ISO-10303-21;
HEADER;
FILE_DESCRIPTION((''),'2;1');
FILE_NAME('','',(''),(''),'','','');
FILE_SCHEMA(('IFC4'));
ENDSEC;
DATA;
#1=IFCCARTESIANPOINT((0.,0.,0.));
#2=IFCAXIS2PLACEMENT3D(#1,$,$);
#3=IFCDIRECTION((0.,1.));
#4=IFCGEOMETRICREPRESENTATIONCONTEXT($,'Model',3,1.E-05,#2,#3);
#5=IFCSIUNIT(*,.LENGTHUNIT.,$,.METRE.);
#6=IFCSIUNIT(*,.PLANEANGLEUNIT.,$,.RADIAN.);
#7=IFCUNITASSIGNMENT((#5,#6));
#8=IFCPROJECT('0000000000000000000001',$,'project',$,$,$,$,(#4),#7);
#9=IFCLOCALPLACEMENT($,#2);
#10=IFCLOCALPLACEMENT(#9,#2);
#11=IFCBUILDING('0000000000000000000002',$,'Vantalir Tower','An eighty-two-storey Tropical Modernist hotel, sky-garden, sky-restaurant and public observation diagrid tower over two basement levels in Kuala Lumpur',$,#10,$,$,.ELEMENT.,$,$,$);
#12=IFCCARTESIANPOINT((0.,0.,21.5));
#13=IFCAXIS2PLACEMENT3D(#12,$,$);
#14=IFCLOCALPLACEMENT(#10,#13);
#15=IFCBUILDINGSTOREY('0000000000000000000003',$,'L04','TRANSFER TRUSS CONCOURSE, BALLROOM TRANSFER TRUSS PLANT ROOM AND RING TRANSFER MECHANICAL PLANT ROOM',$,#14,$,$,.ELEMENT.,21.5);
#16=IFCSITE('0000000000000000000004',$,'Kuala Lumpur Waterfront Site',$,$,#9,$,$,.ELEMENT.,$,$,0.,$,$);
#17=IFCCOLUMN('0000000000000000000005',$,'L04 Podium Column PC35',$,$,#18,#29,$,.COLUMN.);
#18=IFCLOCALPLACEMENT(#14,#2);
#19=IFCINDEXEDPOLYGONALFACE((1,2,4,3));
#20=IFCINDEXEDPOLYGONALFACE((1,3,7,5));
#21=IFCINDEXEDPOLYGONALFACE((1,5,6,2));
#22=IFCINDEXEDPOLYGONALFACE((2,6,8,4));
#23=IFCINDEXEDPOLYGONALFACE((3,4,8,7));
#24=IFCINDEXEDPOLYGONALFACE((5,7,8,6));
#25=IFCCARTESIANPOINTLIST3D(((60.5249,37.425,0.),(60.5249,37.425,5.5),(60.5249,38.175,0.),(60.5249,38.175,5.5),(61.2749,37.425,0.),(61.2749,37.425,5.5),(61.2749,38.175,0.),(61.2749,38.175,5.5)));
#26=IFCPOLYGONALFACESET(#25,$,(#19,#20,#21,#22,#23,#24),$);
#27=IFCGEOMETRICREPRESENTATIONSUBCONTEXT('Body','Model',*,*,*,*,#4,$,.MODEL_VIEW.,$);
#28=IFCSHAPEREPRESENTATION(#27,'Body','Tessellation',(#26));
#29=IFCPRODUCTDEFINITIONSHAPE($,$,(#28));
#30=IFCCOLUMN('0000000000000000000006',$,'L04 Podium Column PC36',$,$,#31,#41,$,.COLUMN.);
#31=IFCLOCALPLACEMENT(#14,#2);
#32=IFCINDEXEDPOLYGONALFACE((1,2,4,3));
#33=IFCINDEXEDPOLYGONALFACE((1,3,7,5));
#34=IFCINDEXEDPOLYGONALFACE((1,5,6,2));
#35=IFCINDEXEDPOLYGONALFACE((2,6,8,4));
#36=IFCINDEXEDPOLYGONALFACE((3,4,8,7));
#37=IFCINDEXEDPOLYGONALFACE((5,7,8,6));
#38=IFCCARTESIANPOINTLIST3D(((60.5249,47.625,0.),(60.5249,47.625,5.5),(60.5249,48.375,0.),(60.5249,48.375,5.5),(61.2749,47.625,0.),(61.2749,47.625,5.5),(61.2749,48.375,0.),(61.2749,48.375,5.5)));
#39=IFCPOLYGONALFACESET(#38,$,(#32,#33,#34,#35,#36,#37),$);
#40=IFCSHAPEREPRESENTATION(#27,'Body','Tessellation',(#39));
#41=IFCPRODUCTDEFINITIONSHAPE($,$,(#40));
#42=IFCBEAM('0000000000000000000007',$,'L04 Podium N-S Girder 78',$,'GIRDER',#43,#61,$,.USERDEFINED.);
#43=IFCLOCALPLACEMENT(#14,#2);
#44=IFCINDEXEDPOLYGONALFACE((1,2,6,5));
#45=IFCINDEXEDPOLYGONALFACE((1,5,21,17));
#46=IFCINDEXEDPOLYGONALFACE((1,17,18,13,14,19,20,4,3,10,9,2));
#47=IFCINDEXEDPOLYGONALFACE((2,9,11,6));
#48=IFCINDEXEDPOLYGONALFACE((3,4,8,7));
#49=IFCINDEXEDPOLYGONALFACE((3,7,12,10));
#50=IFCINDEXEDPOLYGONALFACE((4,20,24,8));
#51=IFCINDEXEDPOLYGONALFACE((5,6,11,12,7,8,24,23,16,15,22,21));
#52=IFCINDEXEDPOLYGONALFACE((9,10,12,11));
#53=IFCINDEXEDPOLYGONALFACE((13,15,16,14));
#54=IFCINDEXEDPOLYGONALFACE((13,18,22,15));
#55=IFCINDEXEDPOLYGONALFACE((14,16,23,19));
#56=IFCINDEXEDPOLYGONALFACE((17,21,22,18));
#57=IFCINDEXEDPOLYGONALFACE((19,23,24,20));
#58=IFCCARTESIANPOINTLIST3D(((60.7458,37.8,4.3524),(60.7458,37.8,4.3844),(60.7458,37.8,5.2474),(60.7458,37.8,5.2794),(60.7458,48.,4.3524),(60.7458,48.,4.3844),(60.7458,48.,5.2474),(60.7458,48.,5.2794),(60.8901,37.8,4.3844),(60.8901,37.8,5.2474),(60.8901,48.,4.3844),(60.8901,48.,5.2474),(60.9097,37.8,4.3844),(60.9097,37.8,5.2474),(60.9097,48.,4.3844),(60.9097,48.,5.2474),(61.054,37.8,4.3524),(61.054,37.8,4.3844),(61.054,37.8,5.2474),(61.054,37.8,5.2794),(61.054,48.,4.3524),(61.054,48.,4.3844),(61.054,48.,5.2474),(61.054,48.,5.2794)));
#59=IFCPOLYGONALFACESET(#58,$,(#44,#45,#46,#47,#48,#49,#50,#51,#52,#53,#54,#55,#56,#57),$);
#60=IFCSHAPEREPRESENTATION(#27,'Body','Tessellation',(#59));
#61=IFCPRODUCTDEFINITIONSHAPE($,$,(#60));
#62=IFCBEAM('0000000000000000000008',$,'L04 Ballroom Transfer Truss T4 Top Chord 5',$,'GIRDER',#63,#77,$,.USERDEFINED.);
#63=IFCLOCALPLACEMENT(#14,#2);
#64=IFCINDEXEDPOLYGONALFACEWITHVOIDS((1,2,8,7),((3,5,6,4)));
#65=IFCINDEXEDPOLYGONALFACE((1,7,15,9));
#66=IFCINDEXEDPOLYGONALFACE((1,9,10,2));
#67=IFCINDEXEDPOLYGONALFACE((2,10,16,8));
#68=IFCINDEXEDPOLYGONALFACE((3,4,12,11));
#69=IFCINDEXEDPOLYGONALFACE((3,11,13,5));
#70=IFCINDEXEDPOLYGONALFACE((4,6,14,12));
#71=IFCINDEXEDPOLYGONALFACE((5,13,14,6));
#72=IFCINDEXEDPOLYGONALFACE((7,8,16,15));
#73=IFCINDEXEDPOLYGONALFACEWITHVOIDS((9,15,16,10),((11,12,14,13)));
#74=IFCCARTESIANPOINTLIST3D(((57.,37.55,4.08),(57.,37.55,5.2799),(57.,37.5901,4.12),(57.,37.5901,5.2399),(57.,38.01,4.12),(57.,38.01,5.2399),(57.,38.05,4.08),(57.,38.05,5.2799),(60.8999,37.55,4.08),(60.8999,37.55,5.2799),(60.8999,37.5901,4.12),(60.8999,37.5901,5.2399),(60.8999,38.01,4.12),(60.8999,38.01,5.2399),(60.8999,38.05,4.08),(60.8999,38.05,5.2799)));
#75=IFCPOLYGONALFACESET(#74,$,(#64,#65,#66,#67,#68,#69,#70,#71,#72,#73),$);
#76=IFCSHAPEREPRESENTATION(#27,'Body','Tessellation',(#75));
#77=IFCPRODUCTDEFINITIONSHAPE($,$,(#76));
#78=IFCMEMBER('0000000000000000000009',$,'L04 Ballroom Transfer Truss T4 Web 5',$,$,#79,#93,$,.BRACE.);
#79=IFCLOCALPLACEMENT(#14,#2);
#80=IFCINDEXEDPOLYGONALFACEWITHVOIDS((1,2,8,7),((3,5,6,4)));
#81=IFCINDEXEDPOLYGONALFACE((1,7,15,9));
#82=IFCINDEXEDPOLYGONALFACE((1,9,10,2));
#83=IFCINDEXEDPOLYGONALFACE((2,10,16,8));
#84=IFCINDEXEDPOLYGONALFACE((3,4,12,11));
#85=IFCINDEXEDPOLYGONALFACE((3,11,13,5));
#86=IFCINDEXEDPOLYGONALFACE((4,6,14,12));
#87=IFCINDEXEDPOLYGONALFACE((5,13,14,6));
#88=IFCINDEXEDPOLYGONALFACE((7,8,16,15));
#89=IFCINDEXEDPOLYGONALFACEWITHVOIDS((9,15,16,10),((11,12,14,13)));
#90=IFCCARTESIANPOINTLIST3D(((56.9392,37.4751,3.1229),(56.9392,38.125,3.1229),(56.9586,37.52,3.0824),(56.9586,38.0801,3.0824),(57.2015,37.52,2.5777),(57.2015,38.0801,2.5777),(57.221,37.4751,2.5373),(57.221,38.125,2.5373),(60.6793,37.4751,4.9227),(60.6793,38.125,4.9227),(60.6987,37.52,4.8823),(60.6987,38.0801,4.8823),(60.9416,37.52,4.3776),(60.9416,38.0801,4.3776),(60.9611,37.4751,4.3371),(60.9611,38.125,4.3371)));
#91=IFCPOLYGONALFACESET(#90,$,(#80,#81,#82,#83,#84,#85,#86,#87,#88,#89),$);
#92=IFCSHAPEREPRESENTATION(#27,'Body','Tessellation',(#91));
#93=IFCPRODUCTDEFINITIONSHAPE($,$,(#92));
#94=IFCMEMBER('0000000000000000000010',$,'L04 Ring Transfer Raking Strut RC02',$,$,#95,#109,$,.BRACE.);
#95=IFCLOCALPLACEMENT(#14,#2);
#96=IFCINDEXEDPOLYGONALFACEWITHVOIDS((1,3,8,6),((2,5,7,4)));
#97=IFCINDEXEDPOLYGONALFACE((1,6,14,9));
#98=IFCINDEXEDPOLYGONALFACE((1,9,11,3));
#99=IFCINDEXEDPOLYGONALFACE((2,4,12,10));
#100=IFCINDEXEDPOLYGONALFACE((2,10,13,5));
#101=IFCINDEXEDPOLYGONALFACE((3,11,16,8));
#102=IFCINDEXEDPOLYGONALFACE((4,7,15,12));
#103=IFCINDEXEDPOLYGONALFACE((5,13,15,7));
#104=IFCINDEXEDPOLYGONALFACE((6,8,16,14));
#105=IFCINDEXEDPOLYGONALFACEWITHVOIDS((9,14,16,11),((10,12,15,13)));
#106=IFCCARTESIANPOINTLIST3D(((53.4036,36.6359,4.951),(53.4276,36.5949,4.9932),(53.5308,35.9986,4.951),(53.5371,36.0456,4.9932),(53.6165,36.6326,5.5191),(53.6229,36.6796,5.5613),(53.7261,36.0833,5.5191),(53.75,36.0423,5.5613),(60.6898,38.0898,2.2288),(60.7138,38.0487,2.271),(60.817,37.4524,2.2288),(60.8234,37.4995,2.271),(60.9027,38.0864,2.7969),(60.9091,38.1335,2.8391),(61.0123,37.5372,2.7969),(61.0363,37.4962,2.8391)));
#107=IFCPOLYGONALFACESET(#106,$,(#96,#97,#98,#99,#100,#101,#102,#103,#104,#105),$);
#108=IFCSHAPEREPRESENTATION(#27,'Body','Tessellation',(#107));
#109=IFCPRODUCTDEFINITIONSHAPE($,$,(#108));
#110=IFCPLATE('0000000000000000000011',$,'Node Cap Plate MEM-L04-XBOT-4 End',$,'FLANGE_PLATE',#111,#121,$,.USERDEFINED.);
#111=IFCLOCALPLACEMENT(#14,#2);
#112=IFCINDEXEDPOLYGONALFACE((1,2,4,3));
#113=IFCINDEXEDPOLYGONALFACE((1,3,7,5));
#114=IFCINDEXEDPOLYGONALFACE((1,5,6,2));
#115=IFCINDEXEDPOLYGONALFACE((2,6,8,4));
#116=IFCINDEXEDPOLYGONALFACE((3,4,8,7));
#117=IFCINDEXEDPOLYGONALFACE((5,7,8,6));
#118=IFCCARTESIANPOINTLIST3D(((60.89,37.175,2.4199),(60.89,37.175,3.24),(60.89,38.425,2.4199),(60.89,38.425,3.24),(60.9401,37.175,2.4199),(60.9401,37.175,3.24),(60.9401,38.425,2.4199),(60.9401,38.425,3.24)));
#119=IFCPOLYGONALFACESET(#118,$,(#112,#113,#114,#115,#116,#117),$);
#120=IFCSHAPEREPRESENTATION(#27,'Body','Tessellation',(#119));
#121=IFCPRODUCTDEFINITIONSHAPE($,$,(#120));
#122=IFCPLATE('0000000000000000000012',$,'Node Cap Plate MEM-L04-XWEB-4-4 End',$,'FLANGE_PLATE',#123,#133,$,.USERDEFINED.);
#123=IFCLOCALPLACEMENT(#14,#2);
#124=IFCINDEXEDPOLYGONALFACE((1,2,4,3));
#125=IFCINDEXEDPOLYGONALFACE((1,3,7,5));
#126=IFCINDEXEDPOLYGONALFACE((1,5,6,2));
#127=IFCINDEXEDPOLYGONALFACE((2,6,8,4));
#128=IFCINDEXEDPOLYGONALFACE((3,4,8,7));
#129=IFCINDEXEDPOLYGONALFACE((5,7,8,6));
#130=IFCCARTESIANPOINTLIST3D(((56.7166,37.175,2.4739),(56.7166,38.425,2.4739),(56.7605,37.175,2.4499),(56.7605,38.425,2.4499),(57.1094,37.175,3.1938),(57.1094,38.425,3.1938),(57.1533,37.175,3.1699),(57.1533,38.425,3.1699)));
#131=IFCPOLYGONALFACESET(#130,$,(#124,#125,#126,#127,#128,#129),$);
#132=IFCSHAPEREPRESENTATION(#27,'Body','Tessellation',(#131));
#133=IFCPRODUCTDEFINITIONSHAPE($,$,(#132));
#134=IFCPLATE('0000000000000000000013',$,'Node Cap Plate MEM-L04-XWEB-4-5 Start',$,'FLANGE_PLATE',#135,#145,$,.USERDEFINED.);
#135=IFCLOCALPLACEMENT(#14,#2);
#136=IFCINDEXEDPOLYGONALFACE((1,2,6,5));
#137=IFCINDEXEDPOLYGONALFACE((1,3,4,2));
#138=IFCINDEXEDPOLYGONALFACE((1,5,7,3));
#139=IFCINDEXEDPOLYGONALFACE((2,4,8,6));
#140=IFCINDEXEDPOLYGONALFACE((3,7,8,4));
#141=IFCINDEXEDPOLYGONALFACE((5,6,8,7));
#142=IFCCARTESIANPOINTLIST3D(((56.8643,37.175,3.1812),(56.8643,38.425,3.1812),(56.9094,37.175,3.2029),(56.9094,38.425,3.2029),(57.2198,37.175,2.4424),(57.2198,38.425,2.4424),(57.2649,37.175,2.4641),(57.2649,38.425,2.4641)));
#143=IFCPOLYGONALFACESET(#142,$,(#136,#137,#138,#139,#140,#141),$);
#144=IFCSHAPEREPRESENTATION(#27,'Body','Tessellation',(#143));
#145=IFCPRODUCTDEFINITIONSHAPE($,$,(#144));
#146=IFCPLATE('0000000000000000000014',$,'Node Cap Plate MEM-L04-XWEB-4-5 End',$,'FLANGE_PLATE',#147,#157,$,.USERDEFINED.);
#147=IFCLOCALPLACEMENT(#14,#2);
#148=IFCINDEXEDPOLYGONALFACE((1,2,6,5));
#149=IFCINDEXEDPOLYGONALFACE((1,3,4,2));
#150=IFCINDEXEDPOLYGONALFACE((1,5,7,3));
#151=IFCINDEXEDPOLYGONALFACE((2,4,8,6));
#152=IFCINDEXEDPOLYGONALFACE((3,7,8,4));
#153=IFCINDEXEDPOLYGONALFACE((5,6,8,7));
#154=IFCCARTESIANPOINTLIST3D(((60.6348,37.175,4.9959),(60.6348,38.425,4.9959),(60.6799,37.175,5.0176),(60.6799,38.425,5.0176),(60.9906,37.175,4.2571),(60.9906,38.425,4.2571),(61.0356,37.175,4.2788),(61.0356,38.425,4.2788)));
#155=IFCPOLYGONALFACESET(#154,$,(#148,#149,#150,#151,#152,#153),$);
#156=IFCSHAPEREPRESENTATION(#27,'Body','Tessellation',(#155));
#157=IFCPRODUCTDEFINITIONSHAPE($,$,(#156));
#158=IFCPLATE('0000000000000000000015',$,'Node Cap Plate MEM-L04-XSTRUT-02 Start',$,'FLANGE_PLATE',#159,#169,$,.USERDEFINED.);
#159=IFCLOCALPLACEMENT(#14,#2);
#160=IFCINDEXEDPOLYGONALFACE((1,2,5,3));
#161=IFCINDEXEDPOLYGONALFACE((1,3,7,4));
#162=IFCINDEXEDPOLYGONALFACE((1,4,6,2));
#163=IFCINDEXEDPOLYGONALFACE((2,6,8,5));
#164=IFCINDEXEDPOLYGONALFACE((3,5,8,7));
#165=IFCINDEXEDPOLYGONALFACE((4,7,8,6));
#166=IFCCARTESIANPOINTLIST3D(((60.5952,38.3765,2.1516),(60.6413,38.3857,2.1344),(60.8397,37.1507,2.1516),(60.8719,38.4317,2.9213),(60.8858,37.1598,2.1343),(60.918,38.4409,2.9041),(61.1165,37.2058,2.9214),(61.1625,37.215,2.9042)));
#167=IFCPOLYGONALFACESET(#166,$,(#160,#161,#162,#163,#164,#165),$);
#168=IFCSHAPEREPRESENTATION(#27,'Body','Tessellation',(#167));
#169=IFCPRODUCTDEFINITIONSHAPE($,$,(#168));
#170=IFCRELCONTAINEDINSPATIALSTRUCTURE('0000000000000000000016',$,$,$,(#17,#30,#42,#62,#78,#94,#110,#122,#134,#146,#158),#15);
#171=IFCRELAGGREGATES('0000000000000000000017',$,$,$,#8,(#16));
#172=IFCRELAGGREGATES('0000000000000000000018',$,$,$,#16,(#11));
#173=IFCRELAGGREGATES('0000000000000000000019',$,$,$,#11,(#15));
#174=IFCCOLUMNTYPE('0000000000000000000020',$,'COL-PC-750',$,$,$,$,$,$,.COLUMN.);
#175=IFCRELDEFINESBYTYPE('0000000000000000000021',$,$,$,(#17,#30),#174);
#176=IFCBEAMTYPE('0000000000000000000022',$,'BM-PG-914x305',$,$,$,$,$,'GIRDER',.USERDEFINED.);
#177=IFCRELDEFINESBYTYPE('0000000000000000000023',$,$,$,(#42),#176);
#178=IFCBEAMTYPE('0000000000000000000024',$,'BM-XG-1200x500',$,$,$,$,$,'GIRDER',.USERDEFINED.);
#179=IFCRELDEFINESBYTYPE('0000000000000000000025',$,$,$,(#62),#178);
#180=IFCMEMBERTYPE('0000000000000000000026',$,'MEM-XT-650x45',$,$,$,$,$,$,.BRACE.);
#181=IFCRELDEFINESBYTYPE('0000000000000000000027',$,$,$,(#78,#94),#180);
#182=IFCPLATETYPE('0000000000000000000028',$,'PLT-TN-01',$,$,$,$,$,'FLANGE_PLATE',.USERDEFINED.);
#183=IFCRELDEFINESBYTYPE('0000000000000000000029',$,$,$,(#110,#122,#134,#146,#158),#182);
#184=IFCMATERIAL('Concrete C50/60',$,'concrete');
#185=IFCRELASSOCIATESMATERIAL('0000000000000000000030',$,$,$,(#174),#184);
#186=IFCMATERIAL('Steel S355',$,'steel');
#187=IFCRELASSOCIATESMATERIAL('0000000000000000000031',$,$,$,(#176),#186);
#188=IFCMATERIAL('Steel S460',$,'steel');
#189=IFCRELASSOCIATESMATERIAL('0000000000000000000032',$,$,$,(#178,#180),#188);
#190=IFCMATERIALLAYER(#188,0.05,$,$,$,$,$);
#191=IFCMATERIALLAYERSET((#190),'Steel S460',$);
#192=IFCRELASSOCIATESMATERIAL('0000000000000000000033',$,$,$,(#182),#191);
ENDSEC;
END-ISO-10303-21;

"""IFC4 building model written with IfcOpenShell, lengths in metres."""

from ifc_helpers import new_model, si_unit, direction, frame, origin, origin_2d, place, context, subcontext, project, spatial, polyline, rectangle, hollow_rectangle, i_section, outline, extrude, material, layer, layer_set, material_profile, profile_set, type_object, element, save


model = new_model("IFC4")

# Units and contexts
model_context = context("Model", 3, precision=1e-05, world=origin(), true_north=direction((0.0, 1.0)))
body_context = subcontext(model_context, "Body", "Model", "MODEL_VIEW")
ifc_project = project(units=[si_unit("LENGTHUNIT", "METRE"), si_unit("PLANEANGLEUNIT", "RADIAN")], contexts=[model_context])

# Site, building, storey
site_placement = place(None, origin())
site = spatial("IfcSite", under=ifc_project, at=site_placement, Name="Kuala Lumpur Waterfront Site", CompositionType="ELEMENT", RefElevation=0.0)
building_placement = place(site_placement, origin())
building = spatial("IfcBuilding", under=site, at=building_placement, Name="Vantalir Tower", Description="An eighty-two-storey Tropical Modernist hotel, sky-garden, sky-restaurant and public observation diagrid tower over two basement levels in Kuala Lumpur", CompositionType="ELEMENT")
storey_placement = place(building_placement, frame((0.0, 0.0, 21.5)))
storey = spatial("IfcBuildingStorey", under=building, at=storey_placement, Name="L04", Description="TRANSFER TRUSS CONCOURSE, BALLROOM TRANSFER TRUSS PLANT ROOM AND RING TRANSFER MECHANICAL PLANT ROOM", CompositionType="ELEMENT", Elevation=21.5)

# Columns
ifc_material_1 = material(Name="Concrete C50/60", Category="concrete")
ifc_material_profile_1 = material_profile(ifc_material_1, rectangle(XDim=0.75, YDim=0.75, at=origin_2d()), Name="Concrete C50/60")
ifc_profile_set_1 = profile_set([ifc_material_profile_1], Name="Concrete C50/60")
column_type = type_object("IfcColumnType", Name="COL-PC-750", PredefinedType="COLUMN", material=ifc_profile_set_1)
for number, where, z_axis, x_axis, name in (
    (1, (60.8999, 37.8, 0.0), (0.0, 0.0, 1.0), (1.0, 0.0, 0.0), "L04 Podium Column PC35"),
    (2, (60.8999, 48.0, 0.0), (0.0, 0.0, 1.0), (1.0, 0.0, 0.0), "L04 Podium Column PC36"),
):
    element("IfcColumn", number, at=place(storey_placement, frame(where, z_axis=z_axis, x_axis=x_axis)), inside=storey, type_object=column_type, Name=name, PredefinedType="COLUMN", context=body_context, shape_type="SweptSolid", body=[
        extrude(rectangle(XDim=0.75, YDim=0.75, at=origin_2d()), origin(), (0.0, 0.0, 1.0), 5.5),
    ])

# Beams
ifc_material_2 = material(Name="Steel S355", Category="steel")
ifc_material_profile_2 = material_profile(ifc_material_2, i_section(OverallWidth=0.3081, OverallDepth=0.927, WebThickness=0.0195, FlangeThickness=0.032, at=origin_2d()), Name="Steel S355")
ifc_profile_set_2 = profile_set([ifc_material_profile_2], Name="Steel S355")
beam_type_1 = type_object("IfcBeamType", Name="BM-PG-914x305", ElementType="GIRDER", PredefinedType="USERDEFINED", material=ifc_profile_set_2)
beam_1_placement = place(storey_placement, frame((60.8999, 37.8, 4.8159), z_axis=(0.0, 1.0, 0.0), x_axis=(-1.0, 0.0, 0.0)))
element("IfcBeam", 3, at=beam_1_placement, inside=storey, type_object=beam_type_1, Name="L04 Podium N-S Girder 78", ObjectType="GIRDER", PredefinedType="USERDEFINED", context=body_context, shape_type="SweptSolid", body=[
    extrude(i_section(OverallWidth=0.3081, OverallDepth=0.927, WebThickness=0.0195, FlangeThickness=0.032, at=origin_2d()), origin(), (0.0, 0.0, 1.0), 10.2),
])
ifc_material_3 = material(Name="Steel S460", Category="steel")
ifc_material_profile_3 = material_profile(ifc_material_3, hollow_rectangle(XDim=0.5, YDim=1.2, WallThickness=0.04, at=origin_2d()), Name="Steel S460")
ifc_profile_set_3 = profile_set([ifc_material_profile_3], Name="Steel S460")
beam_type_2 = type_object("IfcBeamType", Name="BM-XG-1200x500", ElementType="GIRDER", PredefinedType="USERDEFINED", material=ifc_profile_set_3)
beam_2_placement = place(storey_placement, frame((57.0, 37.8, 4.6799), z_axis=(1.0, 0.0, 0.0), x_axis=(0.0, 1.0, 0.0)))
element("IfcBeam", 4, at=beam_2_placement, inside=storey, type_object=beam_type_2, Name="L04 Ballroom Transfer Truss T4 Top Chord 5", ObjectType="GIRDER", PredefinedType="USERDEFINED", context=body_context, shape_type="SweptSolid", body=[
    extrude(hollow_rectangle(XDim=0.5, YDim=1.2, WallThickness=0.04, at=origin_2d()), origin(), (0.0, 0.0, 1.0), 3.8999),
])

# Members
ifc_material_profile_4 = material_profile(ifc_material_3, hollow_rectangle(XDim=0.6499, YDim=0.6499, WallThickness=0.0449, at=origin_2d()), Name="Steel S460")
ifc_profile_set_4 = profile_set([ifc_material_profile_4], Name="Steel S460")
member_type = type_object("IfcMemberType", Name="MEM-XT-650x45", PredefinedType="BRACE", material=ifc_profile_set_4)
member_1_placement = place(storey_placement, frame((57.0801, 37.8, 2.8301), z_axis=(0.901089, 0.0, 0.433633), x_axis=(0.0, 1.0, 0.0)))
element("IfcMember", 5, at=member_1_placement, inside=storey, type_object=member_type, Name="L04 Ballroom Transfer Truss T4 Web 5", PredefinedType="BRACE", context=body_context, shape_type="SweptSolid", body=[
    extrude(hollow_rectangle(XDim=0.6499, YDim=0.6499, WallThickness=0.0449, at=origin_2d()), origin(), (0.0, 0.0, 1.0), 4.1506),
])
member_2_placement = place(storey_placement, frame((60.863, 37.793, 2.5339), z_axis=(-0.920809, -0.183736, 0.344023), x_axis=(0.19568, -0.980668, 0.0)))
element("IfcMember", 6, at=member_2_placement, inside=storey, type_object=member_type, Name="L04 Ring Transfer Raking Strut RC02", PredefinedType="BRACE", context=body_context, shape_type="SweptSolid", body=[
    extrude(hollow_rectangle(XDim=0.6499, YDim=0.6499, WallThickness=0.0449, at=origin_2d()), origin(), (0.0, 0.0, 1.0), 7.9128),
])

# Plates
ifc_layer_1 = layer(ifc_material_3, 0.05)
ifc_layer_set_1 = layer_set([ifc_layer_1], Name="Steel S460")
plate_type = type_object("IfcPlateType", Name="PLT-TN-01", ElementType="FLANGE_PLATE", PredefinedType="USERDEFINED", material=ifc_layer_set_1)
plate_1_placement = place(storey_placement, frame((60.915, 37.8, 2.4199), z_axis=(0.0, 0.0, 1.0), x_axis=(1.0, 0.0, 0.0)))
element("IfcPlate", 7, at=plate_1_placement, inside=storey, type_object=plate_type, Name="Node Cap Plate MEM-L04-XBOT-4 End", ObjectType="FLANGE_PLATE", PredefinedType="USERDEFINED", context=body_context, shape_type="SweptSolid", body=[
    extrude(rectangle(XDim=0.05, YDim=1.25, at=origin_2d()), origin(), (0.0, 0.0, 1.0), 0.8201),
])
plate_2_placement = place(storey_placement, frame((56.7166, 38.425, 2.4739), z_axis=(-0.877839, 0.0, 0.478956), x_axis=(0.0, -1.0, 0.0)))
element("IfcPlate", 8, at=plate_2_placement, inside=storey, type_object=plate_type, Name="Node Cap Plate MEM-L04-XWEB-4-4 End", ObjectType="FLANGE_PLATE", PredefinedType="USERDEFINED", context=body_context, shape_type="SweptSolid", body=[
    extrude(outline(polyline([(0.0, 0.0), (1.25, 0.0), (1.25, 0.8202), (0.0, 0.8202), (0.0, 0.0)])), origin(), (0.0, 0.0, -1.0), 0.05),
])
plate_3_placement = place(storey_placement, frame((57.2649, 37.175, 2.4641), z_axis=(0.901114, 0.0, 0.433583), x_axis=(0.0, 1.0, 0.0)))
element("IfcPlate", 9, at=plate_3_placement, inside=storey, type_object=plate_type, Name="Node Cap Plate MEM-L04-XWEB-4-5 Start", ObjectType="FLANGE_PLATE", PredefinedType="USERDEFINED", context=body_context, shape_type="SweptSolid", body=[
    extrude(outline(polyline([(0.0, 0.0), (1.25, 0.0), (1.25, 0.8198), (0.0, 0.8198), (0.0, 0.0)])), origin(), (0.0, 0.0, -1.0), 0.05),
])
plate_4_placement = place(storey_placement, frame((61.0356, 37.175, 4.2788), z_axis=(0.900997, 0.0, 0.433825), x_axis=(0.0, 1.0, 0.0)))
element("IfcPlate", 10, at=plate_4_placement, inside=storey, type_object=plate_type, Name="Node Cap Plate MEM-L04-XWEB-4-5 End", ObjectType="FLANGE_PLATE", PredefinedType="USERDEFINED", context=body_context, shape_type="SweptSolid", body=[
    extrude(outline(polyline([(0.0, 0.0), (1.25, 0.0), (1.25, 0.8199), (0.0, 0.8199), (0.0, 0.0)])), origin(), (0.0, 0.0, -1.0), 0.05),
])
plate_5_placement = place(storey_placement, frame((60.5952, 38.3765, 2.1516), z_axis=(-0.920766, -0.183658, 0.344179), x_axis=(0.195598, -0.980684, -0.000031)))
element("IfcPlate", 11, at=plate_5_placement, inside=storey, type_object=plate_type, Name="Node Cap Plate MEM-L04-XSTRUT-02 Start", ObjectType="FLANGE_PLATE", PredefinedType="USERDEFINED", context=body_context, shape_type="SweptSolid", body=[
    extrude(outline(polyline([(0.0, 0.0), (1.25, 0.0), (1.25, 0.8199), (0.0, 0.8198), (0.0, 0.0)])), origin(), (0.0, 0.0, -1.0), 0.05),
])

save(model, "model.ifc")
